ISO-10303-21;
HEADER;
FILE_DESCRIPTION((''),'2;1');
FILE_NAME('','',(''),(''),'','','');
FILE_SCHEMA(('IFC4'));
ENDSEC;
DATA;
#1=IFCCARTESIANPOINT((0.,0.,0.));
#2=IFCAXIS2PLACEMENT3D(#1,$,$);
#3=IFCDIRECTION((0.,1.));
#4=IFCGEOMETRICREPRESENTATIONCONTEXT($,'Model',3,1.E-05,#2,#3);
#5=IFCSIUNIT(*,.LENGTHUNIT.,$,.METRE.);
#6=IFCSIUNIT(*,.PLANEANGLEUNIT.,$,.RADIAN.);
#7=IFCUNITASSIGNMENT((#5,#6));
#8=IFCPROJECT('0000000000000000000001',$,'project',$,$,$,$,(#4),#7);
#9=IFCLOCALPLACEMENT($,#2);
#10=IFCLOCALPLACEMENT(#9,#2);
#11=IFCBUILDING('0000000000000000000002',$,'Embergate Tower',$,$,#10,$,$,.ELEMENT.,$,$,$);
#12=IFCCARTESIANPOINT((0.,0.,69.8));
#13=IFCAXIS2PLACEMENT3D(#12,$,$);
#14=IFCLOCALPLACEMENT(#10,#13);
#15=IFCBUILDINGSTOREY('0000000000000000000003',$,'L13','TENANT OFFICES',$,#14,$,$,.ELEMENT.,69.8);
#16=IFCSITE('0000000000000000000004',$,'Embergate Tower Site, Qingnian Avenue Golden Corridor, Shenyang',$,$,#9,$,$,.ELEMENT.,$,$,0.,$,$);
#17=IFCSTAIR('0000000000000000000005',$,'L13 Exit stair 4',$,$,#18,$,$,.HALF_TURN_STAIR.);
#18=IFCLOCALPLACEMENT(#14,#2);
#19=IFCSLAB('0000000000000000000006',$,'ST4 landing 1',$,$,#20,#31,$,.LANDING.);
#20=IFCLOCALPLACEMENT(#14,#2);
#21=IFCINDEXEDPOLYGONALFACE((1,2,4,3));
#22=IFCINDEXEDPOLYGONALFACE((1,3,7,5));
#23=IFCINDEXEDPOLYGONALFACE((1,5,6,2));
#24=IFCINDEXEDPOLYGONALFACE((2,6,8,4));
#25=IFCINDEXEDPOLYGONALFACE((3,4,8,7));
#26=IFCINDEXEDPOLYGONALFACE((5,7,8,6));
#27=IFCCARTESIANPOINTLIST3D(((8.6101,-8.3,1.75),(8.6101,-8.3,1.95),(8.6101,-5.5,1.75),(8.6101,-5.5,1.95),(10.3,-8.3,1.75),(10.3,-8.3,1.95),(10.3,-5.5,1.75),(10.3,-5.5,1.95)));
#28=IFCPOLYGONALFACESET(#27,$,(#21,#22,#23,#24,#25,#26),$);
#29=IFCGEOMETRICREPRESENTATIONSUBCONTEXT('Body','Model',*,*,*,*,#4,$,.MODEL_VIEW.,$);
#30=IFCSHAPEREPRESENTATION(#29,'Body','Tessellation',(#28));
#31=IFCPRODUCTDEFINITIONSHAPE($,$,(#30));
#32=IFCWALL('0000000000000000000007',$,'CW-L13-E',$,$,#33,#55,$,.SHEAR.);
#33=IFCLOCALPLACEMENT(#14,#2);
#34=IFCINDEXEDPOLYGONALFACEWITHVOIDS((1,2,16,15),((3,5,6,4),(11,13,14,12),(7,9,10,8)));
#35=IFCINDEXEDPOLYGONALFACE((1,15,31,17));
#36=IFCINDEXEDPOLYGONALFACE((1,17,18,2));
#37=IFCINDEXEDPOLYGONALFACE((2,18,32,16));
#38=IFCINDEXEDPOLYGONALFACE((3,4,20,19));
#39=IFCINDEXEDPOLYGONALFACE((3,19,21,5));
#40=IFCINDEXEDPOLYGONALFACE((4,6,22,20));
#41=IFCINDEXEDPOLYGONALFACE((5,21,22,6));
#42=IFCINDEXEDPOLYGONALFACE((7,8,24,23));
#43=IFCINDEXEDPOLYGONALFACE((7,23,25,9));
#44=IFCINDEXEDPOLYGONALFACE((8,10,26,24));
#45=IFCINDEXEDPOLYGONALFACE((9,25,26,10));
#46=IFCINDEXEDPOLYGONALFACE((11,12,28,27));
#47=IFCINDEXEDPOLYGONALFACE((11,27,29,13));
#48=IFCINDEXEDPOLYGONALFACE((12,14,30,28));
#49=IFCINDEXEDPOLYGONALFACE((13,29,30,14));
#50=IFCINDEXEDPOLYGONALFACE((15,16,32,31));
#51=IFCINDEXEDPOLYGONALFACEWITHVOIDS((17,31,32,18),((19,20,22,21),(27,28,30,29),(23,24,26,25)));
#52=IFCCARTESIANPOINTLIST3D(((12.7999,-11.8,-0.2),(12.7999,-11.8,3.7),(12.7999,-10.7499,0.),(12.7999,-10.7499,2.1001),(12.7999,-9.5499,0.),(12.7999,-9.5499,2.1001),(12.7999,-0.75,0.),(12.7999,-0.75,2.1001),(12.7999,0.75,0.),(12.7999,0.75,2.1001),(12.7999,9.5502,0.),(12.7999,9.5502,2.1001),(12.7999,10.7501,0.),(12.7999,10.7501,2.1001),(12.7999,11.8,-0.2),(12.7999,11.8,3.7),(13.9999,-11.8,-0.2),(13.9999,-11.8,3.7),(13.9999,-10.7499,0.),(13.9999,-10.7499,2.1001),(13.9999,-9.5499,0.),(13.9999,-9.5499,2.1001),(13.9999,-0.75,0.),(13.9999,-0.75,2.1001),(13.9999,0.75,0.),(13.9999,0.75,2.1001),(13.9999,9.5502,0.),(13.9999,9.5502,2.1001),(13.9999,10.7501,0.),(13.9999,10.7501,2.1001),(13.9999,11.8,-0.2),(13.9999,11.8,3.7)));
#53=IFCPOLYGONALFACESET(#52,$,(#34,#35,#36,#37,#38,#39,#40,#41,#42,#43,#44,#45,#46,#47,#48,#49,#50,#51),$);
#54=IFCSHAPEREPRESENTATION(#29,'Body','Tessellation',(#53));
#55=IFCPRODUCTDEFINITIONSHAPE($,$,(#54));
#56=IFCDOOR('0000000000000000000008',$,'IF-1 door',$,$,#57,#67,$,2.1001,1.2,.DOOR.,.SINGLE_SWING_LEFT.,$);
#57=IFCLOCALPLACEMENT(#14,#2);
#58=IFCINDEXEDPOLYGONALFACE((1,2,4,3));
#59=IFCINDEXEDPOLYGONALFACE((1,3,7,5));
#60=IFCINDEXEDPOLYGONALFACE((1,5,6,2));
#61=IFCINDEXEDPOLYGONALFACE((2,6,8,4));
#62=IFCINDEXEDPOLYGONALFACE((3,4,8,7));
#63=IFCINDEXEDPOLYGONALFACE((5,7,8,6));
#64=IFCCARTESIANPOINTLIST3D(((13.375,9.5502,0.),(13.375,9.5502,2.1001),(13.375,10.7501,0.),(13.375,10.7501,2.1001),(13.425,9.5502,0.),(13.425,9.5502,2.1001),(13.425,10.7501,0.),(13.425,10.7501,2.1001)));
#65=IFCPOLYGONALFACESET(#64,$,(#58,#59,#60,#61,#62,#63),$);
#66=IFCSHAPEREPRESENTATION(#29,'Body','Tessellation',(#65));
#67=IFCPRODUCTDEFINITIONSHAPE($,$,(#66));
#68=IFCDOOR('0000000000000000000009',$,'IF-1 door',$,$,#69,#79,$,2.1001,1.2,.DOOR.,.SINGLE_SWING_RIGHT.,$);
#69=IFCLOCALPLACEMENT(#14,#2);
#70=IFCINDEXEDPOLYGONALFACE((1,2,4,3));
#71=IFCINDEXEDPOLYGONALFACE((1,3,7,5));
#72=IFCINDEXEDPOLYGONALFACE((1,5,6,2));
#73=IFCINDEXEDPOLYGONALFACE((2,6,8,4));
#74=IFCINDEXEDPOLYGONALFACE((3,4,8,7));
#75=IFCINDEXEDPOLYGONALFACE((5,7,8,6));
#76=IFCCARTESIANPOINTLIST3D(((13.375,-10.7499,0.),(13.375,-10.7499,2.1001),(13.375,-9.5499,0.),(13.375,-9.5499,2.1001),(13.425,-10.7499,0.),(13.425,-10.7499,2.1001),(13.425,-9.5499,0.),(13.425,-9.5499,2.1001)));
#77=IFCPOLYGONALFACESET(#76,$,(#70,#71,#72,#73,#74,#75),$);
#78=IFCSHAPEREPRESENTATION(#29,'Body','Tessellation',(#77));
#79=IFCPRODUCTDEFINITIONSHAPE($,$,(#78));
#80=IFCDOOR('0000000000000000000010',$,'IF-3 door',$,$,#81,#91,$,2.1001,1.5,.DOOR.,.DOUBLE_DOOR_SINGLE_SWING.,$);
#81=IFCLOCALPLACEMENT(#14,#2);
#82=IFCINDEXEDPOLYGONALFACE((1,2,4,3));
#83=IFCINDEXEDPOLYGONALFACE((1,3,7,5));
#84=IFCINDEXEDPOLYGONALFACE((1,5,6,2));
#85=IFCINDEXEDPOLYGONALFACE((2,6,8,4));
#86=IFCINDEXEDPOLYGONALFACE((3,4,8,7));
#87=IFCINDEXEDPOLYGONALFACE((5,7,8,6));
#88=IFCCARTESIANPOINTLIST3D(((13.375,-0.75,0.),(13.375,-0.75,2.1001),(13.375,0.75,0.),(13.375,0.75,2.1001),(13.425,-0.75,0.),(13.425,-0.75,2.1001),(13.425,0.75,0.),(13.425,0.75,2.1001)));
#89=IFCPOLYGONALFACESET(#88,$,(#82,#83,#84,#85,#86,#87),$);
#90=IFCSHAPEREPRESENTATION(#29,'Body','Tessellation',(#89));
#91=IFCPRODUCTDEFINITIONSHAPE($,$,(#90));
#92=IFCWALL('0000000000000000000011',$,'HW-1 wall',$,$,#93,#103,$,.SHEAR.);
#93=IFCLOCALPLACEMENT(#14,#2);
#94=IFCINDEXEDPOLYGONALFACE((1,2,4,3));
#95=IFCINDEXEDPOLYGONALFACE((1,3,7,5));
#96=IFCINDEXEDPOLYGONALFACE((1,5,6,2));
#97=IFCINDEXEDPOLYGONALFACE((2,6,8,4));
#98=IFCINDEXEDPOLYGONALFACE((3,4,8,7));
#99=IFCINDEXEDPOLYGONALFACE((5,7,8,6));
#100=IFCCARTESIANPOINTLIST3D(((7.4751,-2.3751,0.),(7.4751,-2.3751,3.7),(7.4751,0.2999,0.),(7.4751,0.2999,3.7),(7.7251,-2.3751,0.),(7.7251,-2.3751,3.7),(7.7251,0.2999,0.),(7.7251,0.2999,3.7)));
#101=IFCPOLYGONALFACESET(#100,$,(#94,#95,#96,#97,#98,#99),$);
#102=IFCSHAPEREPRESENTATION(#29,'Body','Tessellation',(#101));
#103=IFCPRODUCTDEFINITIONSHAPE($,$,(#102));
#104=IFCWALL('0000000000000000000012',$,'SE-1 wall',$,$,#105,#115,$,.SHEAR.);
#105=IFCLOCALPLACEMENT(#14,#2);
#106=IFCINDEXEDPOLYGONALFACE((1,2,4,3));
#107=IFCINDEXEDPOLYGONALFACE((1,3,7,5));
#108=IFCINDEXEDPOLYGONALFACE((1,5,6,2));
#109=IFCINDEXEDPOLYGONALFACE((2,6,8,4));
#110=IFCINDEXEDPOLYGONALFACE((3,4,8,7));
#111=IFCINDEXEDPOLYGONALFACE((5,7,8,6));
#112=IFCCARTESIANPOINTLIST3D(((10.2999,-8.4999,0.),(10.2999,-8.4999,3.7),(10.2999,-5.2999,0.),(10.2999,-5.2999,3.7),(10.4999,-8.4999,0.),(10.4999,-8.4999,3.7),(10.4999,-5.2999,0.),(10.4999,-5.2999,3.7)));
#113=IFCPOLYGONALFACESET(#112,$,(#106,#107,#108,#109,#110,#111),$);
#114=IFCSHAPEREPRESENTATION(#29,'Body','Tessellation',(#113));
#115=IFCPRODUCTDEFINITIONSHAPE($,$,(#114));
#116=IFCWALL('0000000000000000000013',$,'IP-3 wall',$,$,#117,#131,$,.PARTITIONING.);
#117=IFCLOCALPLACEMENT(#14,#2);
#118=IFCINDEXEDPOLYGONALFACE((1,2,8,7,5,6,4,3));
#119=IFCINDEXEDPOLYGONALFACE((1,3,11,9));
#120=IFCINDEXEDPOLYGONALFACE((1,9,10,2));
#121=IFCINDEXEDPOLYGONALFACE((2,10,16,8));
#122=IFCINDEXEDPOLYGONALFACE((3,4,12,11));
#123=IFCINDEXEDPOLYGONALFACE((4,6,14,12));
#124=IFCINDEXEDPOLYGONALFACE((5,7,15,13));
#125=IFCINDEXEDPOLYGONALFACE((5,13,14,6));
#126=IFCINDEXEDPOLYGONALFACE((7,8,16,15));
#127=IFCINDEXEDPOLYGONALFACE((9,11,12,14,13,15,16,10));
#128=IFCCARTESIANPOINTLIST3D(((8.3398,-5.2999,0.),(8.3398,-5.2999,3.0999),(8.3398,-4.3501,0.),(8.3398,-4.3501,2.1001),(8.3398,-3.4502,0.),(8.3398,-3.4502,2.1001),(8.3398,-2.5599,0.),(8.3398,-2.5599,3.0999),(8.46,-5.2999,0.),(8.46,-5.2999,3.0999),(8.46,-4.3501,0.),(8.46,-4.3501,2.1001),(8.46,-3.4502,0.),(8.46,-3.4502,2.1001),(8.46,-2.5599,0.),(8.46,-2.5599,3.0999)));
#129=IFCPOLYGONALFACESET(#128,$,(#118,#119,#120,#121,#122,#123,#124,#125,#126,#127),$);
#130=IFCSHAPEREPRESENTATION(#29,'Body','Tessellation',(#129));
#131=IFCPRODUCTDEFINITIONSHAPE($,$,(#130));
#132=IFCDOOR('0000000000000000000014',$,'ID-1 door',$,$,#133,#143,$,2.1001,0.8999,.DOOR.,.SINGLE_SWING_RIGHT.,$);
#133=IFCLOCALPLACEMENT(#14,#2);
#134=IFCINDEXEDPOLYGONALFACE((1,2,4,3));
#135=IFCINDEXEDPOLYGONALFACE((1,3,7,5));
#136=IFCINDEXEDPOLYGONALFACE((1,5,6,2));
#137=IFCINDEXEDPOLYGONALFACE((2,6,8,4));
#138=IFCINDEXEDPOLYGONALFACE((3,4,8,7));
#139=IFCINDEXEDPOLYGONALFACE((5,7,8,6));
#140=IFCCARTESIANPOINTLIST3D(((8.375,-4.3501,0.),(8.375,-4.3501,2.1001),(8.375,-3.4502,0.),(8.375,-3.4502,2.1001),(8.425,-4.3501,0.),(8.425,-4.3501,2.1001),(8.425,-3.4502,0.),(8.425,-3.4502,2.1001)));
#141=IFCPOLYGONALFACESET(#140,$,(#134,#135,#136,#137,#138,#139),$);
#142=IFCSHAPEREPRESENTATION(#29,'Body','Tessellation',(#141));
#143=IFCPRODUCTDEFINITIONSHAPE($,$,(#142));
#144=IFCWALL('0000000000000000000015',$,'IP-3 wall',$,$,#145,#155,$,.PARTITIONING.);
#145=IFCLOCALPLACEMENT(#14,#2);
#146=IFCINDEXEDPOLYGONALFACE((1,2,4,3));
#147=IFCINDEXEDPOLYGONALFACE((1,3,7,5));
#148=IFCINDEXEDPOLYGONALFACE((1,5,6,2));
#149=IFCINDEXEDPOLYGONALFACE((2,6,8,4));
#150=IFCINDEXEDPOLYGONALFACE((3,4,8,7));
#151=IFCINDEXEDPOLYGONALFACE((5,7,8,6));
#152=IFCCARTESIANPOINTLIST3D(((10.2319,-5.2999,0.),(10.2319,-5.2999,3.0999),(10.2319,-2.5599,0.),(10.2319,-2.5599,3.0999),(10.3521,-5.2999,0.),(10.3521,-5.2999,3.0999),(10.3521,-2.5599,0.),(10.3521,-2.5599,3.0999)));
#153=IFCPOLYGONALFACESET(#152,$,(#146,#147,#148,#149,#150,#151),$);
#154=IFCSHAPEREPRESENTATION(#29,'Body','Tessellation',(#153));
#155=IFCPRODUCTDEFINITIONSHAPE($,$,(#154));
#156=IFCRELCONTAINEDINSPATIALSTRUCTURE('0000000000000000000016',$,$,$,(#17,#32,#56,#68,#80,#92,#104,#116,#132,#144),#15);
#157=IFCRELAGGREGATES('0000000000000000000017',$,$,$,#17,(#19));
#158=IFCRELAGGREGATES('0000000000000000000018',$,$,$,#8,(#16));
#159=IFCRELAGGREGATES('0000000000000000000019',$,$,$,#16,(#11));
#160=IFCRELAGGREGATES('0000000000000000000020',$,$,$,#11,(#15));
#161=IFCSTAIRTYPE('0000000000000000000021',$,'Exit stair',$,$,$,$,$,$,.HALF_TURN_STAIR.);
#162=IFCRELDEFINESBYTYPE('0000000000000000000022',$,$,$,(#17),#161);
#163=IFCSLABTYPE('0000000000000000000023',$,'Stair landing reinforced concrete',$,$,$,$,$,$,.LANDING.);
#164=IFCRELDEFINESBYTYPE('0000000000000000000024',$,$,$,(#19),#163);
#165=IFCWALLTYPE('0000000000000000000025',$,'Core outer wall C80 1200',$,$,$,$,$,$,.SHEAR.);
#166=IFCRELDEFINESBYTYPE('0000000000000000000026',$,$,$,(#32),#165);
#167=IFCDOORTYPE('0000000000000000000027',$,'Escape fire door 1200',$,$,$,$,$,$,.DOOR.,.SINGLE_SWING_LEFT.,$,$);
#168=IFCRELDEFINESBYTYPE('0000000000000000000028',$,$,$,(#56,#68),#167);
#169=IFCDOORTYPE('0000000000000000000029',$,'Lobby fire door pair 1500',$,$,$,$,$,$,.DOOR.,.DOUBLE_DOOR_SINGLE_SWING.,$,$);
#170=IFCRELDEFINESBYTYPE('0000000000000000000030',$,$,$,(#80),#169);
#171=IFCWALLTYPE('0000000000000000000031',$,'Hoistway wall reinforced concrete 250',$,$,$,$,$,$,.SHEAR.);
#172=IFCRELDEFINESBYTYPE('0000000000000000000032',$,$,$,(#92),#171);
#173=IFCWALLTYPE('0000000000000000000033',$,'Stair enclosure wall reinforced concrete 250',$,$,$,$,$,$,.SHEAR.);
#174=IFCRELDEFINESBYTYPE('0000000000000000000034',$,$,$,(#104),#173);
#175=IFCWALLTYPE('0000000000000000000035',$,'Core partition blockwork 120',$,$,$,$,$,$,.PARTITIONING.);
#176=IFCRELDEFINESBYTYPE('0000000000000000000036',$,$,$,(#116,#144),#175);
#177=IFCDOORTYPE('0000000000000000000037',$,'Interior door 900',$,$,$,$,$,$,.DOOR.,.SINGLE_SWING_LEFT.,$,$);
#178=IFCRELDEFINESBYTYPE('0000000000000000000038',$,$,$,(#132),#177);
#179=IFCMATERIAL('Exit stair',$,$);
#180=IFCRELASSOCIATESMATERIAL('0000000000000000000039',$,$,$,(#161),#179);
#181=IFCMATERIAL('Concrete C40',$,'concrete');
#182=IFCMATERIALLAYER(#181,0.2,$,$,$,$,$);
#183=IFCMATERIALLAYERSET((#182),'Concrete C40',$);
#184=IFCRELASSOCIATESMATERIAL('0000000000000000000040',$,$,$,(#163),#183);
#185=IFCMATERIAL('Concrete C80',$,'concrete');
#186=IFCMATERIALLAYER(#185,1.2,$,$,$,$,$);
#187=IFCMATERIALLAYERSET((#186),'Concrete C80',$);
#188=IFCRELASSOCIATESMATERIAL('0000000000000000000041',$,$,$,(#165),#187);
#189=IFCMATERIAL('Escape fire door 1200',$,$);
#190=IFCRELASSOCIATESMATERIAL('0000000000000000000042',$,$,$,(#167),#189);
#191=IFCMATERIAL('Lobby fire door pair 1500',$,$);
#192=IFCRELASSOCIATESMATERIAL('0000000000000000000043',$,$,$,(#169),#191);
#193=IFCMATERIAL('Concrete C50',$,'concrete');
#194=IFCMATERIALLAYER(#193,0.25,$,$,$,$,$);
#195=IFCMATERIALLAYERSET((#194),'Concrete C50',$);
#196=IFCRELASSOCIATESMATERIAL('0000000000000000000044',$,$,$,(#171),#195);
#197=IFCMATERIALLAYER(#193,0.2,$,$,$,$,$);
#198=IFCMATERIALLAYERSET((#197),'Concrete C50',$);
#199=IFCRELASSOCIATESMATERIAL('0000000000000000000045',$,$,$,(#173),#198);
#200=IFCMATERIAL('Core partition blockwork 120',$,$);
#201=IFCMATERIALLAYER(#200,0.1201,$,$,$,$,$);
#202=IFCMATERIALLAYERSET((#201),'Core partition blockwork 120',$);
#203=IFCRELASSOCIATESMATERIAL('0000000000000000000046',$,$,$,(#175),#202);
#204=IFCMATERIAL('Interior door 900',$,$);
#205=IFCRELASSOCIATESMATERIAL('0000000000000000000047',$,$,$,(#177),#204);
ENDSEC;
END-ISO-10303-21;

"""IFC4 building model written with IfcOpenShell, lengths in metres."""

from ifc_helpers import new_model, si_unit, direction, frame, frame_2d, origin, place, context, subcontext, project, spatial, polyline, rectangle, outline, extrude, source, transform, mapped, material, layer, layer_set, type_object, element, fill, aggregate, save


model = new_model("IFC4")

# Units and contexts
model_context = context("Model", 3, precision=1e-05, world=origin(), true_north=direction((0.0, 1.0)))
body_context = subcontext(model_context, "Body", "Model", "MODEL_VIEW")
ifc_project = project(units=[si_unit("LENGTHUNIT", "METRE"), si_unit("PLANEANGLEUNIT", "RADIAN")], contexts=[model_context])

# Site, building, storey
site_placement = place(None, origin())
site = spatial("IfcSite", under=ifc_project, at=site_placement, Name="Embergate Tower Site, Qingnian Avenue Golden Corridor, Shenyang", CompositionType="ELEMENT", RefElevation=0.0)
building_placement = place(site_placement, origin())
building = spatial("IfcBuilding", under=site, at=building_placement, Name="Embergate Tower", CompositionType="ELEMENT")
storey_placement = place(building_placement, frame((0.0, 0.0, 69.8)))
storey = spatial("IfcBuildingStorey", under=building, at=storey_placement, Name="L13", Description="TENANT OFFICES", CompositionType="ELEMENT", Elevation=69.8)

# Stair, slab
ifc_material_1 = material(Name="Exit stair")
stair_type = type_object("IfcStairType", Name="Exit stair", PredefinedType="HALF_TURN_STAIR", material=ifc_material_1)
stair_placement = place(storey_placement, origin())
stair = element("IfcStair", 1, at=stair_placement, inside=storey, type_object=stair_type, Name="L13 Exit stair 4", PredefinedType="HALF_TURN_STAIR")
ifc_material_2 = material(Name="Concrete C40", Category="concrete")
ifc_layer_1 = layer(ifc_material_2, 0.2)
ifc_layer_set_1 = layer_set([ifc_layer_1], Name="Concrete C40")
slab_type = type_object("IfcSlabType", Name="Stair landing reinforced concrete", PredefinedType="LANDING", material=ifc_layer_set_1)
shared_shape_1 = source(origin(), body_context, "Body", "SweptSolid", [
    extrude(outline(polyline([(0.0, 0.0), (1.6899, 0.0), (1.6899, 2.8), (0.0, 2.8), (0.0, 0.0)])), origin(), (0.0, 0.0, 1.0), 0.2),
])
slab_placement = place(storey_placement, frame((8.6101, -8.3, 1.75)))
slab = element("IfcSlab", 2, at=slab_placement, type_object=slab_type, Name="ST4 landing 1", PredefinedType="LANDING", context=body_context, shape_type="MappedRepresentation", body=[
    mapped(shared_shape_1, transform((0.0, 0.0, 0.0))),
])

# Wall, openings, doors
ifc_material_3 = material(Name="Concrete C80", Category="concrete")
ifc_layer_2 = layer(ifc_material_3, 1.2)
ifc_layer_set_2 = layer_set([ifc_layer_2], Name="Concrete C80")
wall_type_1 = type_object("IfcWallType", Name="Core outer wall C80 1200", PredefinedType="SHEAR", material=ifc_layer_set_2)
shared_shape_2 = source(origin(), body_context, "Body", "SweptSolid", [
    extrude(rectangle(XDim=23.6001, YDim=1.2, at=frame_2d((11.8, 0.0))), origin(), (0.0, 0.0, 1.0), 3.8999),
])
wall_1_placement = place(storey_placement, frame((13.3999, -11.8, -0.2), z_axis=(0.0, 0.0, 1.0), x_axis=(0.0, 1.0, 0.0)))
wall_1 = element("IfcWall", 3, at=wall_1_placement, inside=storey, type_object=wall_type_1, Name="CW-L13-E", PredefinedType="SHEAR", context=body_context, shape_type="MappedRepresentation", body=[
    mapped(shared_shape_2, transform((0.0, 0.0, 0.0))),
])
shared_shape_3 = source(origin(), body_context, "Body", "SweptSolid", [
    extrude(rectangle(XDim=1.2, YDim=2.1001, at=frame_2d((0.6001, 1.05))), frame((0.0, 0.6099, 0.0), z_axis=(0.0, -1.0, 0.0), x_axis=(1.0, 0.0, 0.0)), (0.0, 0.0, 1.0), 1.22),
])
opening_1_placement = place(wall_1_placement, frame((21.3501, 0.0, 0.2)))
opening_1 = element("IfcOpeningElement", 4, at=opening_1_placement, cuts=wall_1, PredefinedType="OPENING", context=body_context, shape_type="MappedRepresentation", body=[
    mapped(shared_shape_3, transform((0.0, 0.0, 0.0))),
])
opening_2_placement = place(wall_1_placement, frame((1.05, 0.0, 0.2)))
opening_2 = element("IfcOpeningElement", 5, at=opening_2_placement, cuts=wall_1, PredefinedType="OPENING", context=body_context, shape_type="MappedRepresentation", body=[
    mapped(shared_shape_3, transform((0.0, 0.0, 0.0))),
])
shared_shape_4 = source(origin(), body_context, "Body", "SweptSolid", [
    extrude(rectangle(XDim=1.5, YDim=2.1001, at=frame_2d((0.75, 1.05))), frame((0.0, 0.6099, 0.0), z_axis=(0.0, -1.0, 0.0), x_axis=(1.0, 0.0, 0.0)), (0.0, 0.0, 1.0), 1.22),
])
opening_3_placement = place(wall_1_placement, frame((11.05, 0.0, 0.2)))
opening_3 = element("IfcOpeningElement", 6, at=opening_3_placement, cuts=wall_1, PredefinedType="OPENING", context=body_context, shape_type="MappedRepresentation", body=[
    mapped(shared_shape_4, transform((0.0, 0.0, 0.0))),
])
ifc_material_4 = material(Name="Escape fire door 1200")
door_type_1 = type_object("IfcDoorType", Name="Escape fire door 1200", OperationType="SINGLE_SWING_LEFT", PredefinedType="DOOR", material=ifc_material_4)
shared_shape_5 = source(origin(), body_context, "Body", "SweptSolid", [
    extrude(rectangle(XDim=1.2, YDim=2.1001, at=frame_2d((0.6001, 1.05))), frame((0.0, 0.0249, 0.0), z_axis=(0.0, -1.0, 0.0), x_axis=(1.0, 0.0, 0.0)), (0.0, 0.0, 1.0), 0.05),
])
door_1_placement = place(opening_1_placement, origin())
door_1 = element("IfcDoor", 7, at=door_1_placement, inside=storey, type_object=door_type_1, Name="IF-1 door", OperationType="SINGLE_SWING_LEFT", OverallHeight=2.1001, OverallWidth=1.2, PredefinedType="DOOR", context=body_context, shape_type="MappedRepresentation", body=[
    mapped(shared_shape_5, transform((0.0, 0.0, 0.0))),
])
fill(opening_1, door_1)
door_2_placement = place(opening_2_placement, origin())
door_2 = element("IfcDoor", 8, at=door_2_placement, inside=storey, type_object=door_type_1, Name="IF-1 door", OperationType="SINGLE_SWING_RIGHT", OverallHeight=2.1001, OverallWidth=1.2, PredefinedType="DOOR", context=body_context, shape_type="MappedRepresentation", body=[
    mapped(shared_shape_5, transform((0.0, 0.0, 0.0))),
])
fill(opening_2, door_2)
ifc_material_5 = material(Name="Lobby fire door pair 1500")
door_type_2 = type_object("IfcDoorType", Name="Lobby fire door pair 1500", OperationType="DOUBLE_DOOR_SINGLE_SWING", PredefinedType="DOOR", material=ifc_material_5)
shared_shape_6 = source(origin(), body_context, "Body", "SweptSolid", [
    extrude(rectangle(XDim=1.5, YDim=2.1001, at=frame_2d((0.75, 1.05))), frame((0.0, 0.0249, 0.0), z_axis=(0.0, -1.0, 0.0), x_axis=(1.0, 0.0, 0.0)), (0.0, 0.0, 1.0), 0.05),
])
door_3_placement = place(opening_3_placement, origin())
door_3 = element("IfcDoor", 9, at=door_3_placement, inside=storey, type_object=door_type_2, Name="IF-3 door", OperationType="DOUBLE_DOOR_SINGLE_SWING", OverallHeight=2.1001, OverallWidth=1.5, PredefinedType="DOOR", context=body_context, shape_type="MappedRepresentation", body=[
    mapped(shared_shape_6, transform((0.0, 0.0, 0.0))),
])
fill(opening_3, door_3)

# Walls
ifc_material_6 = material(Name="Concrete C50", Category="concrete")
ifc_layer_3 = layer(ifc_material_6, 0.25)
ifc_layer_set_3 = layer_set([ifc_layer_3], Name="Concrete C50")
wall_type_2 = type_object("IfcWallType", Name="Hoistway wall reinforced concrete 250", PredefinedType="SHEAR", material=ifc_layer_set_3)
shared_shape_7 = source(origin(), body_context, "Body", "SweptSolid", [
    extrude(rectangle(XDim=2.675, YDim=0.25, at=frame_2d((1.3374, 0.0))), origin(), (0.0, 0.0, 1.0), 3.7),
])
wall_2_placement = place(storey_placement, frame((7.6001, -2.375, 0.0), z_axis=(0.0, 0.0, 1.0), x_axis=(0.0, 1.0, 0.0)))
element("IfcWall", 10, at=wall_2_placement, inside=storey, type_object=wall_type_2, Name="HW-1 wall", PredefinedType="SHEAR", context=body_context, shape_type="MappedRepresentation", body=[
    mapped(shared_shape_7, transform((0.0, 0.0, 0.0))),
])
ifc_layer_4 = layer(ifc_material_6, 0.2)
ifc_layer_set_4 = layer_set([ifc_layer_4], Name="Concrete C50")
wall_type_3 = type_object("IfcWallType", Name="Stair enclosure wall reinforced concrete 250", PredefinedType="SHEAR", material=ifc_layer_set_4)
shared_shape_8 = source(origin(), body_context, "Body", "SweptSolid", [
    extrude(rectangle(XDim=3.2, YDim=0.2, at=frame_2d((1.6001, 0.0))), origin(), (0.0, 0.0, 1.0), 3.7),
])
wall_3_placement = place(storey_placement, frame((10.3999, -8.5, 0.0), z_axis=(0.0, 0.0, 1.0), x_axis=(0.0, 1.0, 0.0)))
element("IfcWall", 11, at=wall_3_placement, inside=storey, type_object=wall_type_3, Name="SE-1 wall", PredefinedType="SHEAR", context=body_context, shape_type="MappedRepresentation", body=[
    mapped(shared_shape_8, transform((0.0, 0.0, 0.0))),
])

# Wall, opening, door
ifc_material_7 = material(Name="Core partition blockwork 120")
ifc_layer_5 = layer(ifc_material_7, 0.1201)
ifc_layer_set_5 = layer_set([ifc_layer_5], Name="Core partition blockwork 120")
wall_type_4 = type_object("IfcWallType", Name="Core partition blockwork 120", PredefinedType="PARTITIONING", material=ifc_layer_set_5)
shared_shape_9 = source(origin(), body_context, "Body", "SweptSolid", [
    extrude(rectangle(XDim=2.74, YDim=0.1201, at=frame_2d((1.3701, 0.0))), origin(), (0.0, 0.0, 1.0), 3.0999),
])
wall_4_placement = place(storey_placement, frame((8.3999, -5.3, 0.0), z_axis=(0.0, 0.0, 1.0), x_axis=(0.0, 1.0, 0.0)))
wall_4 = element("IfcWall", 12, at=wall_4_placement, inside=storey, type_object=wall_type_4, Name="IP-3 wall", PredefinedType="PARTITIONING", context=body_context, shape_type="MappedRepresentation", body=[
    mapped(shared_shape_9, transform((0.0, 0.0, 0.0))),
])
shared_shape_10 = source(origin(), body_context, "Body", "SweptSolid", [
    extrude(rectangle(XDim=0.8999, YDim=2.1001, at=frame_2d((0.45, 1.05))), frame((0.0, 0.0701, 0.0), z_axis=(0.0, -1.0, 0.0), x_axis=(1.0, 0.0, 0.0)), (0.0, 0.0, 1.0), 0.1401),
])
opening_4_placement = place(wall_4_placement, frame((0.95, 0.0, 0.0)))
opening_4 = element("IfcOpeningElement", 13, at=opening_4_placement, cuts=wall_4, PredefinedType="OPENING", context=body_context, shape_type="MappedRepresentation", body=[
    mapped(shared_shape_10, transform((0.0, 0.0, 0.0))),
])
ifc_material_8 = material(Name="Interior door 900")
door_type_3 = type_object("IfcDoorType", Name="Interior door 900", OperationType="SINGLE_SWING_LEFT", PredefinedType="DOOR", material=ifc_material_8)
shared_shape_11 = source(origin(), body_context, "Body", "SweptSolid", [
    extrude(rectangle(XDim=0.8999, YDim=2.1001, at=frame_2d((0.45, 1.05))), frame((0.0, 0.0249, 0.0), z_axis=(0.0, -1.0, 0.0), x_axis=(1.0, 0.0, 0.0)), (0.0, 0.0, 1.0), 0.05),
])
door_4_placement = place(opening_4_placement, origin())
door_4 = element("IfcDoor", 14, at=door_4_placement, inside=storey, type_object=door_type_3, Name="ID-1 door", OperationType="SINGLE_SWING_RIGHT", OverallHeight=2.1001, OverallWidth=0.8999, PredefinedType="DOOR", context=body_context, shape_type="MappedRepresentation", body=[
    mapped(shared_shape_11, transform((0.0, 0.0, 0.0))),
])
fill(opening_4, door_4)

# Wall
wall_5_placement = place(storey_placement, frame((10.292, -5.3, 0.0), z_axis=(0.0, 0.0, 1.0), x_axis=(0.0, 1.0, 0.0)))
element("IfcWall", 15, at=wall_5_placement, inside=storey, type_object=wall_type_4, Name="IP-3 wall", PredefinedType="PARTITIONING", context=body_context, shape_type="MappedRepresentation", body=[
    mapped(shared_shape_9, transform((0.0, 0.0, 0.0))),
])

aggregate(stair, [slab])

save(model, "model.ifc")
